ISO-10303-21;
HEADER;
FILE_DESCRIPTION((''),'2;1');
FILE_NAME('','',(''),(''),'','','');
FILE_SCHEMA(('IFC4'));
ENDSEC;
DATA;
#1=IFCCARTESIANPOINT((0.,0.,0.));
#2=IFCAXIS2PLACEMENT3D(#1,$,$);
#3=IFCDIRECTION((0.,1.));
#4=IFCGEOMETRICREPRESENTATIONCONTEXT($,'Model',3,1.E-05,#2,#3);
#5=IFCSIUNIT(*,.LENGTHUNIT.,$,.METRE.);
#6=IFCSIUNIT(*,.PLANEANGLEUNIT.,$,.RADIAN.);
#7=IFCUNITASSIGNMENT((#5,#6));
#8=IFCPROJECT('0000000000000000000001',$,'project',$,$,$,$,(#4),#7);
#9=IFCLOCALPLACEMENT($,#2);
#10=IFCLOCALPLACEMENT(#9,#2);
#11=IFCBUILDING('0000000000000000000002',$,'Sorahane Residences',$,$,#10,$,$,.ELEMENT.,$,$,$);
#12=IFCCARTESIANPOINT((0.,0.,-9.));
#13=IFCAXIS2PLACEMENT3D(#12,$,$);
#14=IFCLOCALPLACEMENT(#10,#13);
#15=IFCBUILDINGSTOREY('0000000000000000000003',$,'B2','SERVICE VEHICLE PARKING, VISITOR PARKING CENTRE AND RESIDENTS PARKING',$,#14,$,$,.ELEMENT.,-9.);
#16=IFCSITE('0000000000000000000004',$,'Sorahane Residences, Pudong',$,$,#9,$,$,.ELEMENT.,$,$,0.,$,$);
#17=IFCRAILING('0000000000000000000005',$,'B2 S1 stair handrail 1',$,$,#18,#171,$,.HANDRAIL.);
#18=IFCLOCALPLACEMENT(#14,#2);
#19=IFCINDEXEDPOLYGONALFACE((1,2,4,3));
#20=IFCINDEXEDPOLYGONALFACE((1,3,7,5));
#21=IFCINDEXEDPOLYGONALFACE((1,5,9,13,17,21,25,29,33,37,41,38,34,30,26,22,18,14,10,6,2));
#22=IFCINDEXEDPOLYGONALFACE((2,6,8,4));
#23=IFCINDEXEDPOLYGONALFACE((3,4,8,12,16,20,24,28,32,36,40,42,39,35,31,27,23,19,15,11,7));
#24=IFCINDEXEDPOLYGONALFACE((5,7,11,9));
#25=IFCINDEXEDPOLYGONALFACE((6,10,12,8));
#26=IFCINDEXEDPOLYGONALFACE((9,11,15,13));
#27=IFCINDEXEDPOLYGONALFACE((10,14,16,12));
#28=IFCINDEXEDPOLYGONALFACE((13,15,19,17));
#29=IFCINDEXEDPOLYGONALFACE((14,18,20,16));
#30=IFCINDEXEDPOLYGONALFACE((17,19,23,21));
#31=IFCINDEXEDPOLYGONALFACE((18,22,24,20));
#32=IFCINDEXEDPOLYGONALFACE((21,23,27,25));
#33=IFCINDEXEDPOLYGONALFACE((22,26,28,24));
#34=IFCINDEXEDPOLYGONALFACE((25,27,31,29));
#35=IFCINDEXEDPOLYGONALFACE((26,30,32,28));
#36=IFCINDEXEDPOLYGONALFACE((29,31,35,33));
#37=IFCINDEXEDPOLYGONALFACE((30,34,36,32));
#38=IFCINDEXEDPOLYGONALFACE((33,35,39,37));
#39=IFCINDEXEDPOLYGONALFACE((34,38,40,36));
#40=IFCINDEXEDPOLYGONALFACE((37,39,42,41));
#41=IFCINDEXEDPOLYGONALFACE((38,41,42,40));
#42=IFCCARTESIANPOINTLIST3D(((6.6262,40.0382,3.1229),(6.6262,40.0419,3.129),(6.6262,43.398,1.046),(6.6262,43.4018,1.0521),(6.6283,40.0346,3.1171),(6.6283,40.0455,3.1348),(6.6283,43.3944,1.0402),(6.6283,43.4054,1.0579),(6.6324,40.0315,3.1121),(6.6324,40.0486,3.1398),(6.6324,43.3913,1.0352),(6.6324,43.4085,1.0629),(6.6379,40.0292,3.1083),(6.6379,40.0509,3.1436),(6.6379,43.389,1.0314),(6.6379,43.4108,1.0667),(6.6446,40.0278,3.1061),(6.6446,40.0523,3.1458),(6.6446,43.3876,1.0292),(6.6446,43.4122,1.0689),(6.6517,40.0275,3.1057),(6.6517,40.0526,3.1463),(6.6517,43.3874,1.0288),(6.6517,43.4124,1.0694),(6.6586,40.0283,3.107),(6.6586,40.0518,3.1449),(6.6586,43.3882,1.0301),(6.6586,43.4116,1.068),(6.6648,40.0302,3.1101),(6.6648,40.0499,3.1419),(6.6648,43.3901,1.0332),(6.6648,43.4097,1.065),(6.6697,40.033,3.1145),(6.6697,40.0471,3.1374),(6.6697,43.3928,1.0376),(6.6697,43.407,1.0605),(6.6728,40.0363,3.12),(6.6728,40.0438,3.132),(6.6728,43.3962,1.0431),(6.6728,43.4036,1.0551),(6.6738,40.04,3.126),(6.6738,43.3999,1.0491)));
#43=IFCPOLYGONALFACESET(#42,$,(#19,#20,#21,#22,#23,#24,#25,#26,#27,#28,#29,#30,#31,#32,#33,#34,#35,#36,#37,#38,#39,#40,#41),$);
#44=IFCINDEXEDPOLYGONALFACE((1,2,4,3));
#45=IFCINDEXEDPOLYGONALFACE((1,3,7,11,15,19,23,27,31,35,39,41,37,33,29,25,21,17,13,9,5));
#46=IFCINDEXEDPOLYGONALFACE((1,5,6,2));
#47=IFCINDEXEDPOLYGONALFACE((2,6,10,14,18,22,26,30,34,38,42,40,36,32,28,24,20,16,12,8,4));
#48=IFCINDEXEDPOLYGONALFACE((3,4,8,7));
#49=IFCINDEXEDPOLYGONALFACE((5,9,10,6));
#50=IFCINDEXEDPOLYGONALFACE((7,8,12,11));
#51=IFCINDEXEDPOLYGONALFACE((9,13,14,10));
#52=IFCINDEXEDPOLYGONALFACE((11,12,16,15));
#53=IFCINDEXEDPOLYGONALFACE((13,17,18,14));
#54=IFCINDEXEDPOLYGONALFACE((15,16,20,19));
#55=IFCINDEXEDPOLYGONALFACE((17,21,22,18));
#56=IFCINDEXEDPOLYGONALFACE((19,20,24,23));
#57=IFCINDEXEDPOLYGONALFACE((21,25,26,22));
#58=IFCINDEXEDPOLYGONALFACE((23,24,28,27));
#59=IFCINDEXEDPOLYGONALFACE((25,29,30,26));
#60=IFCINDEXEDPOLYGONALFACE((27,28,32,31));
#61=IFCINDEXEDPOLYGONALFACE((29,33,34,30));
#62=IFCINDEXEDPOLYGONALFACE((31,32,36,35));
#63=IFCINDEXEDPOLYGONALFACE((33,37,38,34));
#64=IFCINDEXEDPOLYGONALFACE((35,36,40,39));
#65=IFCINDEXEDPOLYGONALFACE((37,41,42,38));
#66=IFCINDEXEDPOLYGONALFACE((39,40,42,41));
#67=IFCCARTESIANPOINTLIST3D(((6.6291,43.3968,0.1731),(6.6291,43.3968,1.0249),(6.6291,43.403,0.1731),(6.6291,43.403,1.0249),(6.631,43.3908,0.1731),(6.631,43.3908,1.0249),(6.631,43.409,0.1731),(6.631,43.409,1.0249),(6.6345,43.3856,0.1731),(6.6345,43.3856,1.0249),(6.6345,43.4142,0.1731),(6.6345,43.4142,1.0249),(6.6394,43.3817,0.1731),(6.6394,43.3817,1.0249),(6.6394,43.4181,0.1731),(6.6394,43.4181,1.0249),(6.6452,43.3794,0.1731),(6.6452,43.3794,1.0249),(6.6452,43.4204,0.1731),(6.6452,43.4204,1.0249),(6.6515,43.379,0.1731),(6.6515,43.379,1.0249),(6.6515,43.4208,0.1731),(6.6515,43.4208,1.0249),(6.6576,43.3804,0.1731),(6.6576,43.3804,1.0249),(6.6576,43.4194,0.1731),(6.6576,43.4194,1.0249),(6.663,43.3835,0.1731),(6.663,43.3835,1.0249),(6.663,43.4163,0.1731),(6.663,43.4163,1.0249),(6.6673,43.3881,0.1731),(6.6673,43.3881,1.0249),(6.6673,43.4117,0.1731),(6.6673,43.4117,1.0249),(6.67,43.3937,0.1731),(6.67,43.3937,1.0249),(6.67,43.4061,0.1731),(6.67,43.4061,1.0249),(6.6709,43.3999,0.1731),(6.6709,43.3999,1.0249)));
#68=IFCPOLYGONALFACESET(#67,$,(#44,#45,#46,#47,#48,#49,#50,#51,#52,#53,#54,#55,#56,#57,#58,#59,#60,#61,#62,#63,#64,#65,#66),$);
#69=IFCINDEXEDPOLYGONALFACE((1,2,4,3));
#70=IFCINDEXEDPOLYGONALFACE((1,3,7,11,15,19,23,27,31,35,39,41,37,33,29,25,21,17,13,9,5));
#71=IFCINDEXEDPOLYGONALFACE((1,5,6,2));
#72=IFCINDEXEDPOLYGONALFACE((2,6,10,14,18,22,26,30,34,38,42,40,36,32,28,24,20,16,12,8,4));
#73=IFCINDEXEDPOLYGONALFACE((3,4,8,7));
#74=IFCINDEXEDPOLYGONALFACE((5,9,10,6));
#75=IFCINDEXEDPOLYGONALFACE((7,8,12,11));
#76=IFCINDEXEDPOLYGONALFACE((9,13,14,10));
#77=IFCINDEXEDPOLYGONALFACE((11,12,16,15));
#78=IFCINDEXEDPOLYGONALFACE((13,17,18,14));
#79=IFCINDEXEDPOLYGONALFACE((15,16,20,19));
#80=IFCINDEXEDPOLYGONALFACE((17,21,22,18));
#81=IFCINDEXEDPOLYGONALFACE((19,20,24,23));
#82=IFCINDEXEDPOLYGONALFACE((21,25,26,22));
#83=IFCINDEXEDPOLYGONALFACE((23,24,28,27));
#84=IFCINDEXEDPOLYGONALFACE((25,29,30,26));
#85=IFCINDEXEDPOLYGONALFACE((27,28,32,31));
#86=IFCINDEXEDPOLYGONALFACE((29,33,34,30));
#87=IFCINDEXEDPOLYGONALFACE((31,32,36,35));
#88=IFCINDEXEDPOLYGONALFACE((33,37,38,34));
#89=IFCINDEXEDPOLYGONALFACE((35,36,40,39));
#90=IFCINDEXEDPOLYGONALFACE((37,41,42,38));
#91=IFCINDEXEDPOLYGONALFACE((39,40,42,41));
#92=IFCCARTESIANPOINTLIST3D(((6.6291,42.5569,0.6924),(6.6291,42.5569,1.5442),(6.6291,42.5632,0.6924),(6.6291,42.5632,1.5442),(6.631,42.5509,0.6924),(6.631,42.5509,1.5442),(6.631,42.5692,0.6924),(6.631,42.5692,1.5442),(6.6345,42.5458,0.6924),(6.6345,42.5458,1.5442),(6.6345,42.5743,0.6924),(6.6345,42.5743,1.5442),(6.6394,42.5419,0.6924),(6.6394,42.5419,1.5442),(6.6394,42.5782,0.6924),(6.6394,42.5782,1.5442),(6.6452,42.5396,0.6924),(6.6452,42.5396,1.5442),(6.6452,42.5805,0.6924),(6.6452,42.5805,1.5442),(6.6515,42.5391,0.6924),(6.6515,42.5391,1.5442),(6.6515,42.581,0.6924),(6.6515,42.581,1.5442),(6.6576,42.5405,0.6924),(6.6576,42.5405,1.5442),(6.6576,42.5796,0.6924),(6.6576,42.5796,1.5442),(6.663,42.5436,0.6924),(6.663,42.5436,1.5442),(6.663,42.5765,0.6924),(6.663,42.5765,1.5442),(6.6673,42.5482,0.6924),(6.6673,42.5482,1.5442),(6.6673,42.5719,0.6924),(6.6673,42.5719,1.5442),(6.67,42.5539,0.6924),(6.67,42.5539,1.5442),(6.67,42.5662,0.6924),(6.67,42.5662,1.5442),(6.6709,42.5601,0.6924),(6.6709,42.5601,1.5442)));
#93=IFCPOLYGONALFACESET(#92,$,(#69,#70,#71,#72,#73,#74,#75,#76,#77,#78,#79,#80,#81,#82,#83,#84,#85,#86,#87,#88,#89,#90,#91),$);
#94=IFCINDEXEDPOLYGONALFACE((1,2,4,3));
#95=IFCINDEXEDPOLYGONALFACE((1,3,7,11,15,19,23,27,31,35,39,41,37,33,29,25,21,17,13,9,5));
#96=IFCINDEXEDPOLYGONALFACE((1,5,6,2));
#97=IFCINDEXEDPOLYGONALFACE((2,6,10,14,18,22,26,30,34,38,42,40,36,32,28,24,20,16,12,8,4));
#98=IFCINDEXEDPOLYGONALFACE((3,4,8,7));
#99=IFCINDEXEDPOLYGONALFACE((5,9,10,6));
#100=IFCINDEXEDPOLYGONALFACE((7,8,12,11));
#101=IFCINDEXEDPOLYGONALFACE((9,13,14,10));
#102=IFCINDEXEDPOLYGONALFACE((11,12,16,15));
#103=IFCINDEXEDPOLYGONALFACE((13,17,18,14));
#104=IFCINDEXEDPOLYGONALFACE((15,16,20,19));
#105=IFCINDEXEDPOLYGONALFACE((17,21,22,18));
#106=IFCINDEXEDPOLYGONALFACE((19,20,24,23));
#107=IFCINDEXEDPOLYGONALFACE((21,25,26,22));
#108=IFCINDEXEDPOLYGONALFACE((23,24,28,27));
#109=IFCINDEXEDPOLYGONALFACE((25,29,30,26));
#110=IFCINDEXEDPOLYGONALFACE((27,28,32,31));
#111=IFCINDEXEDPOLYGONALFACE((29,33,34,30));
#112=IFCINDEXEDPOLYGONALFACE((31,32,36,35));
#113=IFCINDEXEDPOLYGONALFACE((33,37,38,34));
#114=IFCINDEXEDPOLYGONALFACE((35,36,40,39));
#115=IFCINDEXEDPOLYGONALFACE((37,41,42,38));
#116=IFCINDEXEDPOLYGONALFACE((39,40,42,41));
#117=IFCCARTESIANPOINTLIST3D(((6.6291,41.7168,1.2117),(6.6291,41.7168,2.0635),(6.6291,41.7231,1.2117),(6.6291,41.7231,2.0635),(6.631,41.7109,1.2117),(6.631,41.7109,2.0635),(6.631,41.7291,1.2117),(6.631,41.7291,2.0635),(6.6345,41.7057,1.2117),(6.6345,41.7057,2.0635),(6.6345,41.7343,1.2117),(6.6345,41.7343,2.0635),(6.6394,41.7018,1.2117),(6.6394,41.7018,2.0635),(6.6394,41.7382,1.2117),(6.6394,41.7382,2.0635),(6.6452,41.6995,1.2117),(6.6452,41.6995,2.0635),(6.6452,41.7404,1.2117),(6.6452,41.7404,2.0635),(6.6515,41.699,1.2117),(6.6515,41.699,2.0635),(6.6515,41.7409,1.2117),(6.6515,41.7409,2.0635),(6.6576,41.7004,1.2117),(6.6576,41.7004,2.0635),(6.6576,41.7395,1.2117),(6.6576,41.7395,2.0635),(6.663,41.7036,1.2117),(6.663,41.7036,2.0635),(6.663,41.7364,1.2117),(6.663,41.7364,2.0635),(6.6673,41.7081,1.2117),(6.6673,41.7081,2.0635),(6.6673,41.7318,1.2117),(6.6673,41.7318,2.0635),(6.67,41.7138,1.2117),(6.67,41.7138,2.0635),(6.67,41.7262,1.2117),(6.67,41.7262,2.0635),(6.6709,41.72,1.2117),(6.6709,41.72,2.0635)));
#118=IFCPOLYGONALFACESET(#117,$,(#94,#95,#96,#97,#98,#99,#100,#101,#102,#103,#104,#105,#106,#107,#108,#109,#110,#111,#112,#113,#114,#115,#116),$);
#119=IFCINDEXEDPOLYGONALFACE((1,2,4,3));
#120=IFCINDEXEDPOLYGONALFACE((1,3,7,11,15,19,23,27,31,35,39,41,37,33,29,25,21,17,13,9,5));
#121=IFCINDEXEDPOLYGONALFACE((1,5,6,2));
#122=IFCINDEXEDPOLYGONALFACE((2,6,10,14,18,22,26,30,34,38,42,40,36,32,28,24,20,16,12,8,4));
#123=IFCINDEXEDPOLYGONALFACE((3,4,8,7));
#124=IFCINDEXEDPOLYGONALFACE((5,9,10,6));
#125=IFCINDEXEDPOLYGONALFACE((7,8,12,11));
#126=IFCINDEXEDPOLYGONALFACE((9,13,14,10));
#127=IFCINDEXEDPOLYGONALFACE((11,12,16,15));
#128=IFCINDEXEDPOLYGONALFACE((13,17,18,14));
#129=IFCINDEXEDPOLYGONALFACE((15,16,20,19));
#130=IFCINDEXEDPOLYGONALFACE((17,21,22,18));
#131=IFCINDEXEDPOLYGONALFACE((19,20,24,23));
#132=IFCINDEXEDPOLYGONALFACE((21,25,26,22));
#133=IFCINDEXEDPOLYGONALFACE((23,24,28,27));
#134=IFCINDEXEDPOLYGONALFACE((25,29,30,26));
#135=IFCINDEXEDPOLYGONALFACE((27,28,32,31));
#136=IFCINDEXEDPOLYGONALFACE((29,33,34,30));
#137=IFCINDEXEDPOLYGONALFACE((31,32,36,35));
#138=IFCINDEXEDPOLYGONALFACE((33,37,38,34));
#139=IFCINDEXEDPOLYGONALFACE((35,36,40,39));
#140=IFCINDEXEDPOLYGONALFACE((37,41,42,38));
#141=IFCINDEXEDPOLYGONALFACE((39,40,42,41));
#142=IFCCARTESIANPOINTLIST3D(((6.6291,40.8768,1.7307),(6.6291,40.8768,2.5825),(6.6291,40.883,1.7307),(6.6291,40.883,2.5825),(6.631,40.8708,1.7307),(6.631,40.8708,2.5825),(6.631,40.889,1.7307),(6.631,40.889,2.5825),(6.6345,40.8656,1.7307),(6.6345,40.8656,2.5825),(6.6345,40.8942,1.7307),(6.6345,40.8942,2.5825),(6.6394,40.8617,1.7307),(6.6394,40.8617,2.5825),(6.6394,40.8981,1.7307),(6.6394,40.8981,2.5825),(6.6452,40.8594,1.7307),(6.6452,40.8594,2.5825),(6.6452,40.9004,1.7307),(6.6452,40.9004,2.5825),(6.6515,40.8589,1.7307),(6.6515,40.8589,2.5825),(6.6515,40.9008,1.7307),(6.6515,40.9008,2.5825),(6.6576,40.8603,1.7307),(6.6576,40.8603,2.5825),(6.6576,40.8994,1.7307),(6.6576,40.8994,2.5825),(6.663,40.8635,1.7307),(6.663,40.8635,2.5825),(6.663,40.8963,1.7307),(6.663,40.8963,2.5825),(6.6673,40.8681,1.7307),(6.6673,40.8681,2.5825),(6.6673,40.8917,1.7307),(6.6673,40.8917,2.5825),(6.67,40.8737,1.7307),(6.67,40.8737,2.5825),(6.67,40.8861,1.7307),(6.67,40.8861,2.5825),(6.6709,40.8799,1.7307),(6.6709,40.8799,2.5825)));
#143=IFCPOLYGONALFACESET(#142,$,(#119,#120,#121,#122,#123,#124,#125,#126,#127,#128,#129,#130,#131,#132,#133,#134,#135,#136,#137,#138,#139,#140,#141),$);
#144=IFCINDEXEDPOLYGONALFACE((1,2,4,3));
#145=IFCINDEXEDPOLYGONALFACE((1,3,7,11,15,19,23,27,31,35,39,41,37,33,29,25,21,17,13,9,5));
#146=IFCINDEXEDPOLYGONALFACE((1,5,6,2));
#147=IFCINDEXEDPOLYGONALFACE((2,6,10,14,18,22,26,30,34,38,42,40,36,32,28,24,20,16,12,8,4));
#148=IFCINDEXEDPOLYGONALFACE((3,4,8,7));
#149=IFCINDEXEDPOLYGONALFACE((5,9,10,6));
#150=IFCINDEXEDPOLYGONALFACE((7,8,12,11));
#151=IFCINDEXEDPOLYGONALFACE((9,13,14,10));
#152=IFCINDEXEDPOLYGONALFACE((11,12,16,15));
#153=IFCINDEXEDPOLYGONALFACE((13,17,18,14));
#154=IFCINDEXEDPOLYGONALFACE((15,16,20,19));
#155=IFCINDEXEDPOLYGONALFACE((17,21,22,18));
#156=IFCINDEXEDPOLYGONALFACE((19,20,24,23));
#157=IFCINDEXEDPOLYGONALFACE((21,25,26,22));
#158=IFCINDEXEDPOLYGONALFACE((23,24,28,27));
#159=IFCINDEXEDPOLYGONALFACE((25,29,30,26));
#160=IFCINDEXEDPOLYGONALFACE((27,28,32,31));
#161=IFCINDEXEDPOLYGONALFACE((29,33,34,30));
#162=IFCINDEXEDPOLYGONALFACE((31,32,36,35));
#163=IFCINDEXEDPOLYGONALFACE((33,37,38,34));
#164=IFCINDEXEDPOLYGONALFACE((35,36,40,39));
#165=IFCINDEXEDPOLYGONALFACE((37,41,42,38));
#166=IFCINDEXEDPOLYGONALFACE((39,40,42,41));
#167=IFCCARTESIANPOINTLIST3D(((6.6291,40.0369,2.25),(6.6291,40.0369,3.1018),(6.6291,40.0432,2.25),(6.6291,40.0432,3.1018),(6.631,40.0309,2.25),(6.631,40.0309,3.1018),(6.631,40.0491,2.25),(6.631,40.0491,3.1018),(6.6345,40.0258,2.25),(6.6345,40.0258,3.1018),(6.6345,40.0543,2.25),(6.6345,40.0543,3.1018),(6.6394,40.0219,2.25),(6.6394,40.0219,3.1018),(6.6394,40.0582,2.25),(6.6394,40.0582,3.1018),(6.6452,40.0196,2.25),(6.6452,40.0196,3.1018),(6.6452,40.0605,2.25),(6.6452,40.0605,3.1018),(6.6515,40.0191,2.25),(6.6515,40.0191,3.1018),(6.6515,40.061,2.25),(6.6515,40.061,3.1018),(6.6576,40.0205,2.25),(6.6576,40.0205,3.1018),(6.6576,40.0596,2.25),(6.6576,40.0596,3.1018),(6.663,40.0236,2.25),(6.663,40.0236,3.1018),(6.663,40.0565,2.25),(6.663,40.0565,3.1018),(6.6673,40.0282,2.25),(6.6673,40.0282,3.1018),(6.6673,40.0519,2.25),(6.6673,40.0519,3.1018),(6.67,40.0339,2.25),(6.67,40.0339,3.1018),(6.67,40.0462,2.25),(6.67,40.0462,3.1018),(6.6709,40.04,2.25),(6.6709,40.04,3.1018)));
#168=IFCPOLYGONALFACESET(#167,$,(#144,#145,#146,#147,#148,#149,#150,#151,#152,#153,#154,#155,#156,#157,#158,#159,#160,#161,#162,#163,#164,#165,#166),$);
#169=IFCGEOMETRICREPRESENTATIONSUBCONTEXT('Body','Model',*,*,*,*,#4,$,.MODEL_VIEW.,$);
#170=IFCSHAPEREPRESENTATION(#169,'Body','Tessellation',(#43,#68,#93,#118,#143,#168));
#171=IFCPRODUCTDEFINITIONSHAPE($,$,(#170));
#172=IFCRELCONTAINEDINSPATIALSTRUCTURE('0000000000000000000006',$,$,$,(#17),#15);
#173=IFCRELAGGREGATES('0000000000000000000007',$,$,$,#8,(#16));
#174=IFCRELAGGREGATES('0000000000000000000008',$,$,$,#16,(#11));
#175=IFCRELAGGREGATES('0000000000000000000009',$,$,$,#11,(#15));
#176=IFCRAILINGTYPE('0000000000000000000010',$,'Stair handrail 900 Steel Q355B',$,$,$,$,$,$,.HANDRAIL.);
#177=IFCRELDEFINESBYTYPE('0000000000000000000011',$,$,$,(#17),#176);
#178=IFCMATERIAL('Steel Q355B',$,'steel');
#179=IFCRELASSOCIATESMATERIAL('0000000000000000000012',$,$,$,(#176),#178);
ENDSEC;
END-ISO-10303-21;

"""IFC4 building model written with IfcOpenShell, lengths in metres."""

from ifc_helpers import new_model, si_unit, direction, frame, origin, origin_2d, place, context, subcontext, project, spatial, circle, extrude, material, type_object, element, save


model = new_model("IFC4")

# Units and contexts
model_context = context("Model", 3, precision=1e-05, world=origin(), true_north=direction((0.0, 1.0)))
body_context = subcontext(model_context, "Body", "Model", "MODEL_VIEW")
ifc_project = project(units=[si_unit("LENGTHUNIT", "METRE"), si_unit("PLANEANGLEUNIT", "RADIAN")], contexts=[model_context])

# Site, building, storey
site_placement = place(None, origin())
site = spatial("IfcSite", under=ifc_project, at=site_placement, Name="Sorahane Residences, Pudong", CompositionType="ELEMENT", RefElevation=0.0)
building_placement = place(site_placement, origin())
building = spatial("IfcBuilding", under=site, at=building_placement, Name="Sorahane Residences", CompositionType="ELEMENT")
storey_placement = place(building_placement, frame((0.0, 0.0, -9.0)))
storey = spatial("IfcBuildingStorey", under=building, at=storey_placement, Name="B2", Description="SERVICE VEHICLE PARKING, VISITOR PARKING CENTRE AND RESIDENTS PARKING", CompositionType="ELEMENT", Elevation=-9.0)

# Railing
ifc_material_1 = material(Name="Steel Q355B", Category="steel")
railing_type_1 = type_object("IfcRailingType", Name="Stair handrail 900 Steel Q355B", PredefinedType="HANDRAIL", material=ifc_material_1)
for number, where, name in (
    (1, (6.6499, 43.3999, 0.1731), "B2 S1 stair handrail 1"),
):
    element("IfcRailing", number, at=place(storey_placement, frame(where)), inside=storey, type_object=railing_type_1, Name=name, PredefinedType="HANDRAIL", context=body_context, shape_type="SweptSolid", body=[
        extrude(circle(Radius=0.0239, at=origin_2d()), frame((0.0, 0.0, 0.876), z_axis=(0.0, -0.850606, 0.525803), x_axis=(1.0, 0.0, 0.0)), (0.0, 0.0, 1.0), 3.95),
        extrude(circle(Radius=0.021, at=origin_2d()), origin(), (0.0, 0.0, 1.0), 0.8518),
        extrude(circle(Radius=0.021, at=origin_2d()), frame((0.0, -0.8398, 0.5193)), (0.0, 0.0, 1.0), 0.8518),
        extrude(circle(Radius=0.021, at=origin_2d()), frame((0.0, -1.6799, 1.0386)), (0.0, 0.0, 1.0), 0.8518),
        extrude(circle(Radius=0.021, at=origin_2d()), frame((0.0, -2.52, 1.5576)), (0.0, 0.0, 1.0), 0.8518),
        extrude(circle(Radius=0.021, at=origin_2d()), frame((0.0, -3.3599, 2.0769)), (0.0, 0.0, 1.0), 0.8518),
    ])

save(model, "model.ifc")
